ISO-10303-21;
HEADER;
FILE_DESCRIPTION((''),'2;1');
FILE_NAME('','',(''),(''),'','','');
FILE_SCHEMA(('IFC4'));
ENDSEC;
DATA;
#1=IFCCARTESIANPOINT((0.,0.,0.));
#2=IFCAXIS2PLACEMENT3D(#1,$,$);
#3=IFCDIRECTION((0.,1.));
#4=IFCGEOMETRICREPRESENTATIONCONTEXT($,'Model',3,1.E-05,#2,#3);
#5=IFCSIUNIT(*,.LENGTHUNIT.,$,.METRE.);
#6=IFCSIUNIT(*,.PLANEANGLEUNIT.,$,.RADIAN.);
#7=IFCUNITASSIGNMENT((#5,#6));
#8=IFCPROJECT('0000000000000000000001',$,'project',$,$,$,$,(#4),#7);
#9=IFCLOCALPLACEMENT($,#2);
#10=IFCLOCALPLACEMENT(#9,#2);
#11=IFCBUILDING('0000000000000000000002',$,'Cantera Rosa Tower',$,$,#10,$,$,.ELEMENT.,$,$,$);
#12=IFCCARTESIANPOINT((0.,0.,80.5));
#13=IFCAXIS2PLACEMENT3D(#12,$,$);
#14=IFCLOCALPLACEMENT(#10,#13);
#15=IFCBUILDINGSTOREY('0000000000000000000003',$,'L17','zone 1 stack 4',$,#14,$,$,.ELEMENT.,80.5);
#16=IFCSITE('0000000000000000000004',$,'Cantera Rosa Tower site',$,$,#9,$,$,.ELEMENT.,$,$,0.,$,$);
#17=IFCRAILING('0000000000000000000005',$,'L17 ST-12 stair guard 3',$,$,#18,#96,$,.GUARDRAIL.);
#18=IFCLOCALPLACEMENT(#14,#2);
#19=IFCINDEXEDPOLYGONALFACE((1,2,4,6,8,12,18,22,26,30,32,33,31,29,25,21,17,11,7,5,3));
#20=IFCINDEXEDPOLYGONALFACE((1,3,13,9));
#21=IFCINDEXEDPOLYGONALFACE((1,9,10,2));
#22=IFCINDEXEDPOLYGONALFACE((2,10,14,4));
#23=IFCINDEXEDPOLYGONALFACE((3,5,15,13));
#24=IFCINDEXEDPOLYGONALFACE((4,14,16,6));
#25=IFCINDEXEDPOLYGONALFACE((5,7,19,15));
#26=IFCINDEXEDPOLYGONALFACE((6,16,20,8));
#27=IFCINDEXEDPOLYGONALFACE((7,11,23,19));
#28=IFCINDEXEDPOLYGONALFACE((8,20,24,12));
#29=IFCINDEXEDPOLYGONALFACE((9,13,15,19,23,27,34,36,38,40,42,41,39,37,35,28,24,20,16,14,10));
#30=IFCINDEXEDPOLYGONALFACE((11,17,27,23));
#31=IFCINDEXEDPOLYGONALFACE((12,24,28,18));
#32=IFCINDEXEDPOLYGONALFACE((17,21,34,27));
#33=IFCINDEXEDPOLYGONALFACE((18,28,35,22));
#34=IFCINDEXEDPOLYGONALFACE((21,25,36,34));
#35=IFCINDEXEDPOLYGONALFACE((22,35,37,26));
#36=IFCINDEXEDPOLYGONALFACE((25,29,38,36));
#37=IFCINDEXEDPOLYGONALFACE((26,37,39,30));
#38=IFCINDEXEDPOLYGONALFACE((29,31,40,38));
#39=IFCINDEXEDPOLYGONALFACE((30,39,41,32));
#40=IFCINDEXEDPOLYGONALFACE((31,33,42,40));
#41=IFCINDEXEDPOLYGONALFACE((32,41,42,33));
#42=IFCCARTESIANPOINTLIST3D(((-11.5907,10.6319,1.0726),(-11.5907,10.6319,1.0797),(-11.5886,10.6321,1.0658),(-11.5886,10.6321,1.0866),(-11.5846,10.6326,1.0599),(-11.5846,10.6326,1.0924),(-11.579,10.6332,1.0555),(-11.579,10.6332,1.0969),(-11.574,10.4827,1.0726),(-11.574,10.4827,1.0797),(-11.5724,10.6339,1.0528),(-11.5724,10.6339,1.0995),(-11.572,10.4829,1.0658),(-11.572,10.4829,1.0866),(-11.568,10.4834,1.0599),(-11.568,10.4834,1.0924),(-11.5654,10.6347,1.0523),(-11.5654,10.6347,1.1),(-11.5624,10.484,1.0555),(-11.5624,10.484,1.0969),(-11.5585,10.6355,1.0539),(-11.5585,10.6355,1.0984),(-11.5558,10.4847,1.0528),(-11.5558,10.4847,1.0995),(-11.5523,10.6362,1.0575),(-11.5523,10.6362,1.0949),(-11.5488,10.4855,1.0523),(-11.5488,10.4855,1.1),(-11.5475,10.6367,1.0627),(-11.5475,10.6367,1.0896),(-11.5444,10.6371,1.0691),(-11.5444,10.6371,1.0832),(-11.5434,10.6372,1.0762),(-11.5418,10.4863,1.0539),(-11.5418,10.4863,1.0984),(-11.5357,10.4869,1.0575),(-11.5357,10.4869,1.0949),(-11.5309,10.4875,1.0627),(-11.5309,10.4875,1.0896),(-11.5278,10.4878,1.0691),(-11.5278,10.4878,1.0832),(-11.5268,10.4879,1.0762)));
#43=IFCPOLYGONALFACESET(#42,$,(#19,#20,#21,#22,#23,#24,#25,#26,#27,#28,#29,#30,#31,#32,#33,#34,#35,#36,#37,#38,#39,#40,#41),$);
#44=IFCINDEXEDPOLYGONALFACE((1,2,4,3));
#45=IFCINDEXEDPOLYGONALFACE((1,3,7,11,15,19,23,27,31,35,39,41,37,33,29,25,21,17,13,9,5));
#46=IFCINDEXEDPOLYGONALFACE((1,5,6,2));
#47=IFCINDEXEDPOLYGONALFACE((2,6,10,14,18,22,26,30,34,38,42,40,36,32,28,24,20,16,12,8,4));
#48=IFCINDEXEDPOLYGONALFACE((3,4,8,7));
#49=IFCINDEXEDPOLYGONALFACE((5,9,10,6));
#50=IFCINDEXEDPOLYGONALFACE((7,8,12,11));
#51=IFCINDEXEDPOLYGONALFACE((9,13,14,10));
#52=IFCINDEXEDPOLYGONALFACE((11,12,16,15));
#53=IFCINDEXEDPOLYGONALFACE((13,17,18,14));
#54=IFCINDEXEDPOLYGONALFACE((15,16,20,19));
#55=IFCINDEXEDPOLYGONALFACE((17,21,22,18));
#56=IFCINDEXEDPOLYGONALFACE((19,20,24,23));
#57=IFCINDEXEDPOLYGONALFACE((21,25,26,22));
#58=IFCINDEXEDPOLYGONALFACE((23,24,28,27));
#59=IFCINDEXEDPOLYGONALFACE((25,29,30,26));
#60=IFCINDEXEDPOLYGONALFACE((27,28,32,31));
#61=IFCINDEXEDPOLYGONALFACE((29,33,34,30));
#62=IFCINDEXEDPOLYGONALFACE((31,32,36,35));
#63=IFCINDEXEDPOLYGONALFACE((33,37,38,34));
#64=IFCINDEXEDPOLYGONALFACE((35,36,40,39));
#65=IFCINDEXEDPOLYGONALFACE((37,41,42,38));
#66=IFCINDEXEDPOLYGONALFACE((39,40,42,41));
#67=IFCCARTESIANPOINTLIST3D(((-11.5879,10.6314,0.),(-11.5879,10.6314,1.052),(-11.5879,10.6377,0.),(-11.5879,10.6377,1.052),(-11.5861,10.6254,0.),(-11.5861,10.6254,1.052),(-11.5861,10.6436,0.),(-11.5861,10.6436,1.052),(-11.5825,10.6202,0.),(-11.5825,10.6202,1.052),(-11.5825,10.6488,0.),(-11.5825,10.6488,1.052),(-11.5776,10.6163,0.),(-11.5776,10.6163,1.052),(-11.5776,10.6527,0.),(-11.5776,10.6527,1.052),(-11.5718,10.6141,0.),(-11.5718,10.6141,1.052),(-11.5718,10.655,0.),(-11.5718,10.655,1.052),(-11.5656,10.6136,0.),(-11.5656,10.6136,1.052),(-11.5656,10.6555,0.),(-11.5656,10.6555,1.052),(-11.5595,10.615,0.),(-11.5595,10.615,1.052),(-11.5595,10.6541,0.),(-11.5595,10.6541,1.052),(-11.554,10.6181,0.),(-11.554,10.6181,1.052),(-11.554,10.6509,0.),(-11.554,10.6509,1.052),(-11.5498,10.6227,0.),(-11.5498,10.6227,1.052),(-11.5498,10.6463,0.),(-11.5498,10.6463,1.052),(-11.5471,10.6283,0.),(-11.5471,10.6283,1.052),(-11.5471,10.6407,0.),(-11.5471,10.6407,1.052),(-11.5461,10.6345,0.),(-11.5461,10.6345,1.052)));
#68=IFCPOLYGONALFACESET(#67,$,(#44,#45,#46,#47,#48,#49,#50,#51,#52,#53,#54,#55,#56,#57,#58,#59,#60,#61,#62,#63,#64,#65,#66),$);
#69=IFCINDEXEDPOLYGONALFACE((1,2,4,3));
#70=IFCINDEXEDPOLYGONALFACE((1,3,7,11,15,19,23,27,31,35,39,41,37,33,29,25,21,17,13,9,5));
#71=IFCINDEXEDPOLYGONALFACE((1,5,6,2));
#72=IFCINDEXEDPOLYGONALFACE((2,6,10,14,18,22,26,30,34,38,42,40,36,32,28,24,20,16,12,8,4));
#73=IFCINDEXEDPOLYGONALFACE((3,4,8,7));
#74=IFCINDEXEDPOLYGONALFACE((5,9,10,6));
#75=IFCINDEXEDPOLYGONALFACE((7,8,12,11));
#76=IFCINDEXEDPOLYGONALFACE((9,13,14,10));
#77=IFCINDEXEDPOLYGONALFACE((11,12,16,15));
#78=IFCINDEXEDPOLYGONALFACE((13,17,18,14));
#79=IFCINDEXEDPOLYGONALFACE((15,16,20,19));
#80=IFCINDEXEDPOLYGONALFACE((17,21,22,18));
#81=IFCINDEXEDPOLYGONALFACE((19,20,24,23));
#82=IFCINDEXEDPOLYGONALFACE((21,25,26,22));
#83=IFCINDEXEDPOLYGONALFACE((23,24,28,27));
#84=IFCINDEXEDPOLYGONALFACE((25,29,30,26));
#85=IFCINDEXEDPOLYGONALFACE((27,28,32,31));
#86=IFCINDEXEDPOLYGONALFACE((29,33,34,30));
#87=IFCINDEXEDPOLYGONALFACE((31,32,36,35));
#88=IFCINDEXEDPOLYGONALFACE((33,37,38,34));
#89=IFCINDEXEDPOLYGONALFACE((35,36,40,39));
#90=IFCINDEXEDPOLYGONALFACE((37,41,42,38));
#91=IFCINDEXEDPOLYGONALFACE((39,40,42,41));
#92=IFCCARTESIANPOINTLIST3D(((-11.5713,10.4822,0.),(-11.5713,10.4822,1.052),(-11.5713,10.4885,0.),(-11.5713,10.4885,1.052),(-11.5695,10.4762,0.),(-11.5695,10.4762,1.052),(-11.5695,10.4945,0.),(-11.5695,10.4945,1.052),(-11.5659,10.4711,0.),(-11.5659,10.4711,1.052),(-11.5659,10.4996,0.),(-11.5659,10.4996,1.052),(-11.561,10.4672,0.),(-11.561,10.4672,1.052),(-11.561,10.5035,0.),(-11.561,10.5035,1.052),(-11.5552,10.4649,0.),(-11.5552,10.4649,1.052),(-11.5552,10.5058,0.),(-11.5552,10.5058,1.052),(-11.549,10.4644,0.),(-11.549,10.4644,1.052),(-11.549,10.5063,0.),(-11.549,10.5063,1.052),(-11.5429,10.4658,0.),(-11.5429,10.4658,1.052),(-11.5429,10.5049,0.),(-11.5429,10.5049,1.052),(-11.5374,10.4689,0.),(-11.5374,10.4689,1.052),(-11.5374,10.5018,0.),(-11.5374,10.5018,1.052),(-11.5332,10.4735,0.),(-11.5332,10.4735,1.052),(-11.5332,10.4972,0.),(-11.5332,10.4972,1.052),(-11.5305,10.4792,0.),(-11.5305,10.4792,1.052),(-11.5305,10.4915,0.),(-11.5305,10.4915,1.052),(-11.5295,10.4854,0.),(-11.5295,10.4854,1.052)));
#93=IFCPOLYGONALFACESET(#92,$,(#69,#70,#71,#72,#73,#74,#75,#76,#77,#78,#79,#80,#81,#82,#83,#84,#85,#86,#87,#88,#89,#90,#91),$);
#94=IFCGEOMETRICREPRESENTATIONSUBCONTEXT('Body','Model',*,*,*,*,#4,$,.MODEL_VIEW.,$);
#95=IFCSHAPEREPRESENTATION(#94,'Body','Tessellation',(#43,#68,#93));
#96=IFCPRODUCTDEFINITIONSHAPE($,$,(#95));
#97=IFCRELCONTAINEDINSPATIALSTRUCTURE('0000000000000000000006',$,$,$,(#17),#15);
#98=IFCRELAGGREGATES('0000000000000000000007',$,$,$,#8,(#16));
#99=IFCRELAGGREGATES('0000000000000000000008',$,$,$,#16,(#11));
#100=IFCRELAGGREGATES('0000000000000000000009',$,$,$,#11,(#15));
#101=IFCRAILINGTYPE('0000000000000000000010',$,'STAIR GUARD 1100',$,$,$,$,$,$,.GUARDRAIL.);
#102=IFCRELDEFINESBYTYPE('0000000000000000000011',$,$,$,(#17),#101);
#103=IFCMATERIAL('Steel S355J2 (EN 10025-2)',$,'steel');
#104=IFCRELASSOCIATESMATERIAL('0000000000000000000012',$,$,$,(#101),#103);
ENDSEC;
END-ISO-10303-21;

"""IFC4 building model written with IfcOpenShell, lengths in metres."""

from ifc_helpers import new_model, si_unit, direction, frame, origin, origin_2d, place, context, subcontext, project, spatial, circle, extrude, material, type_object, element, save


model = new_model("IFC4")

# Units and contexts
model_context = context("Model", 3, precision=1e-05, world=origin(), true_north=direction((0.0, 1.0)))
body_context = subcontext(model_context, "Body", "Model", "MODEL_VIEW")
ifc_project = project(units=[si_unit("LENGTHUNIT", "METRE"), si_unit("PLANEANGLEUNIT", "RADIAN")], contexts=[model_context])

# Site, building, storey
site_placement = place(None, origin())
site = spatial("IfcSite", under=ifc_project, at=site_placement, Name="Cantera Rosa Tower site", CompositionType="ELEMENT", RefElevation=0.0)
building_placement = place(site_placement, origin())
building = spatial("IfcBuilding", under=site, at=building_placement, Name="Cantera Rosa Tower", CompositionType="ELEMENT")
storey_placement = place(building_placement, frame((0.0, 0.0, 80.5)))
storey = spatial("IfcBuildingStorey", under=building, at=storey_placement, Name="L17", Description="zone 1 stack 4", CompositionType="ELEMENT", Elevation=80.5)

# Railing
ifc_material_1 = material(Name="Steel S355J2 (EN 10025-2)", Category="steel")
railing_type_1 = type_object("IfcRailingType", Name="STAIR GUARD 1100", PredefinedType="GUARDRAIL", material=ifc_material_1)
railing_1_placement = place(storey_placement, frame((-11.5671, 10.6345, 0.0)))
element("IfcRailing", 1, at=railing_1_placement, inside=storey, type_object=railing_type_1, Name="L17 ST-12 stair guard 3", PredefinedType="GUARDRAIL", context=body_context, shape_type="SweptSolid", body=[
    extrude(circle(Radius=0.0239, at=origin_2d()), frame((0.0, 0.0, 1.0762), z_axis=(0.11061, -0.993864, 0.0), x_axis=(0.993864, 0.11061, 0.0)), (0.0, 0.0, 1.0), 0.1501),
    extrude(circle(Radius=0.021, at=origin_2d()), origin(), (0.0, 0.0, 1.0), 1.052),
    extrude(circle(Radius=0.021, at=origin_2d()), frame((0.0166, -0.1492, 0.0)), (0.0, 0.0, 1.0), 1.052),
])

save(model, "model.ifc")
